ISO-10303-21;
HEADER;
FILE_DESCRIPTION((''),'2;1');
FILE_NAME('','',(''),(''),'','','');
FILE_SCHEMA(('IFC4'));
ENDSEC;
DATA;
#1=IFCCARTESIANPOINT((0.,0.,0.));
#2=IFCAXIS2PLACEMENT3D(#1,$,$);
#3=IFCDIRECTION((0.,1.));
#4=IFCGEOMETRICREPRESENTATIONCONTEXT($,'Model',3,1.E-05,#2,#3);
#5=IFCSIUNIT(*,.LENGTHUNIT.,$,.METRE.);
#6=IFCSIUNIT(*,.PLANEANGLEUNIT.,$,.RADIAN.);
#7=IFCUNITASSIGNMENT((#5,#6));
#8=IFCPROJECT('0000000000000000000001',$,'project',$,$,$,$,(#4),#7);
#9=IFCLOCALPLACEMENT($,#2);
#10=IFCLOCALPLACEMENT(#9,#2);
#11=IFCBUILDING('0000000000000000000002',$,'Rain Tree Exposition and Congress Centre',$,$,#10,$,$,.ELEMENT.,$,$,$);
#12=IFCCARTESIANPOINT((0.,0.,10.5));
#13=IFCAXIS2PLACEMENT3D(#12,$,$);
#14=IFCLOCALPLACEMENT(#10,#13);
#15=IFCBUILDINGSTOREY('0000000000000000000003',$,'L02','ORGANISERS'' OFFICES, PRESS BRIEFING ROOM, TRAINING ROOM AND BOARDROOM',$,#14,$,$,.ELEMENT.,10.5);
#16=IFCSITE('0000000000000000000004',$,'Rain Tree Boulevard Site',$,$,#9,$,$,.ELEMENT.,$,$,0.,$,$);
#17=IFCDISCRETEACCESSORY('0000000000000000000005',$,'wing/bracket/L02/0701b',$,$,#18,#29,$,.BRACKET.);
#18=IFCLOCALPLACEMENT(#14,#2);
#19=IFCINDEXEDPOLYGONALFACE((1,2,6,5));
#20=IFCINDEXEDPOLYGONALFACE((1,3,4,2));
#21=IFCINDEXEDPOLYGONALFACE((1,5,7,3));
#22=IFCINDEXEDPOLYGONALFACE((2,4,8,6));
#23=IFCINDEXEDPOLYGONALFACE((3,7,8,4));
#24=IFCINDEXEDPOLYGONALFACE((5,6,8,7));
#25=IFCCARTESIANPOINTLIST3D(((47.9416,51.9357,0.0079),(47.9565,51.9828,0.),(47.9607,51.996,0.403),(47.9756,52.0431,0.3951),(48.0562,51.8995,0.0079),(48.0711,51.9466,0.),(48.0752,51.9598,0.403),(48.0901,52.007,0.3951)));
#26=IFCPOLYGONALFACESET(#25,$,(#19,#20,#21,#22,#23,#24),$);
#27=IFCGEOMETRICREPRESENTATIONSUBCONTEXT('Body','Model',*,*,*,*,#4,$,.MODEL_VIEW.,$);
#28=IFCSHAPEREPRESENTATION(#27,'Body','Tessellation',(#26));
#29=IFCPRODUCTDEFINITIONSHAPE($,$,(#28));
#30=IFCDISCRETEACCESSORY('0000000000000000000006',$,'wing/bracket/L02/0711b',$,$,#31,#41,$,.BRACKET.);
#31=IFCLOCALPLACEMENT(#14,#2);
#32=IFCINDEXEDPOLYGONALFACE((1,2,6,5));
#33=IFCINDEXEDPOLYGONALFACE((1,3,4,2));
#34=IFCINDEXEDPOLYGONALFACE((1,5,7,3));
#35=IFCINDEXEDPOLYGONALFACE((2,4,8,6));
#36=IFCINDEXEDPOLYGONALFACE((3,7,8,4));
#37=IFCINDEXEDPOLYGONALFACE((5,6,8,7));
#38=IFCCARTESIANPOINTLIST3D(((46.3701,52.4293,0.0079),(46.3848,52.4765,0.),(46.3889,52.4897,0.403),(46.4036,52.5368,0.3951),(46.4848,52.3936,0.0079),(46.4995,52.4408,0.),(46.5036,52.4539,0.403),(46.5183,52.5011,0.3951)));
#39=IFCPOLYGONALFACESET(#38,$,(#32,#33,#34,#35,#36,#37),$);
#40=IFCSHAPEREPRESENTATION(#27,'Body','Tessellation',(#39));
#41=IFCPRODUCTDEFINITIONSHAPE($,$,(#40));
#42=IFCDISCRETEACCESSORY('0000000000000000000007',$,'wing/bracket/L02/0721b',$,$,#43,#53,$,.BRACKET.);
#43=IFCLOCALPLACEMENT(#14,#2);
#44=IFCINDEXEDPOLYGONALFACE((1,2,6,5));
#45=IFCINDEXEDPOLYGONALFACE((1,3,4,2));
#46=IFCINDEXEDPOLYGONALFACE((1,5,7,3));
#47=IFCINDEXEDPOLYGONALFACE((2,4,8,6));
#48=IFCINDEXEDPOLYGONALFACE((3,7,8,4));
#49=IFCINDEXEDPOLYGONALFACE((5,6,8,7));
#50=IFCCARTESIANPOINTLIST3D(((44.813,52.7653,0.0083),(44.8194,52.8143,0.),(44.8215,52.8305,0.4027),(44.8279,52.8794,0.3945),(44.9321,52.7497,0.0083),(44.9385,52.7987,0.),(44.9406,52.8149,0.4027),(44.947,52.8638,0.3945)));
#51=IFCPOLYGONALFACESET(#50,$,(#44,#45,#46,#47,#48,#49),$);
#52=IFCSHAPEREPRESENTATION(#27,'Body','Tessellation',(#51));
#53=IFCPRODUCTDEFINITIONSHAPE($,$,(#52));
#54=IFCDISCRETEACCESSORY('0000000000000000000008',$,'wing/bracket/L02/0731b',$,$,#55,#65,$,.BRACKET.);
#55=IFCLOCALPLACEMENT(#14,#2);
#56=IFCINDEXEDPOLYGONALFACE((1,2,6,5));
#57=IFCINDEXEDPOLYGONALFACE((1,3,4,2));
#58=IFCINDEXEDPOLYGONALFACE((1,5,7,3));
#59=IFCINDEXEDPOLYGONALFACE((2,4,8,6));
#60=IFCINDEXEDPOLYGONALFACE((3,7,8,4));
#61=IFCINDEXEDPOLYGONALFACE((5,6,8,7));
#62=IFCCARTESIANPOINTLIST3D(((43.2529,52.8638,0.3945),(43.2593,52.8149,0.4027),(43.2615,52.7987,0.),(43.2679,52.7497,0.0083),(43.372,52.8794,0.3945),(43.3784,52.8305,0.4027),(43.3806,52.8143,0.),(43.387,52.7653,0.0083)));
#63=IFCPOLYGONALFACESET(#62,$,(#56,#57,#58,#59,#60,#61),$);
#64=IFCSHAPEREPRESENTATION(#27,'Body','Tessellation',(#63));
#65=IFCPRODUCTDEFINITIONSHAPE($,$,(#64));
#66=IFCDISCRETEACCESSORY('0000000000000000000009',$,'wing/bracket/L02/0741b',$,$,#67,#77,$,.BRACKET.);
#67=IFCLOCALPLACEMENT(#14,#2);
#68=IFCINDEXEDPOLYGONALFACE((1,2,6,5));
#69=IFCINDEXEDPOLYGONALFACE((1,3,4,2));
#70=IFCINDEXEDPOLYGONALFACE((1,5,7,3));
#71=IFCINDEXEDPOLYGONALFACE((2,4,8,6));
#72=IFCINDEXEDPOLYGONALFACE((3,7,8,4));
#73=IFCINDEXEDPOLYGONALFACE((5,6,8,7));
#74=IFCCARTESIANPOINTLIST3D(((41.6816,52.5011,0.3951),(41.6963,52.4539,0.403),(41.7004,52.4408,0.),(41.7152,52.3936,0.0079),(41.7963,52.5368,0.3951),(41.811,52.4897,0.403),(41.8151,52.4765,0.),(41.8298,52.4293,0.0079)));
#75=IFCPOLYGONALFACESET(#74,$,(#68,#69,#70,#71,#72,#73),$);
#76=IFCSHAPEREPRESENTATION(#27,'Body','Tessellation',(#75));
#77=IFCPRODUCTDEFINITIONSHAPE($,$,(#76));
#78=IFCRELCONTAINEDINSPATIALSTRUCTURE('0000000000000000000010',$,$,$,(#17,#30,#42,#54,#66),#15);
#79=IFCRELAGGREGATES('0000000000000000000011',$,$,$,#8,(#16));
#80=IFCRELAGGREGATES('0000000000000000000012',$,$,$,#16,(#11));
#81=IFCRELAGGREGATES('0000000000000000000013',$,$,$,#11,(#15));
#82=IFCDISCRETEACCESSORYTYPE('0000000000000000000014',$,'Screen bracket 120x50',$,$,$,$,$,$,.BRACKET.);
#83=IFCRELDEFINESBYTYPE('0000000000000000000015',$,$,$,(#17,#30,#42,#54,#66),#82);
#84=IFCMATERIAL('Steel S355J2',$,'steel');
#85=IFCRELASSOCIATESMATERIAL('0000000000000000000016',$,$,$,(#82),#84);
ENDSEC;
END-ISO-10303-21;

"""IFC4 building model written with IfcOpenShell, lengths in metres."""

from ifc_helpers import new_model, si_unit, direction, frame, origin, origin_2d, place, context, subcontext, project, spatial, rectangle, extrude, material, material_profile, profile_set, type_object, element, save


model = new_model("IFC4")

# Units and contexts
model_context = context("Model", 3, precision=1e-05, world=origin(), true_north=direction((0.0, 1.0)))
body_context = subcontext(model_context, "Body", "Model", "MODEL_VIEW")
ifc_project = project(units=[si_unit("LENGTHUNIT", "METRE"), si_unit("PLANEANGLEUNIT", "RADIAN")], contexts=[model_context])

# Site, building, storey
site_placement = place(None, origin())
site = spatial("IfcSite", under=ifc_project, at=site_placement, Name="Rain Tree Boulevard Site", CompositionType="ELEMENT", RefElevation=0.0)
building_placement = place(site_placement, origin())
building = spatial("IfcBuilding", under=site, at=building_placement, Name="Rain Tree Exposition and Congress Centre", CompositionType="ELEMENT")
storey_placement = place(building_placement, frame((0.0, 0.0, 10.5)))
storey = spatial("IfcBuildingStorey", under=building, at=storey_placement, Name="L02", Description="ORGANISERS' OFFICES, PRESS BRIEFING ROOM, TRAINING ROOM AND BOARDROOM", CompositionType="ELEMENT", Elevation=10.5)

# Discrete accessories
ifc_material_1 = material(Name="Steel S355J2", Category="steel")
ifc_material_profile_1 = material_profile(ifc_material_1, rectangle(XDim=0.1201, YDim=0.05, at=origin_2d()), Name="Flat bar 120x50")
ifc_profile_set_1 = profile_set([ifc_material_profile_1], Name="Steel S355J2")
discrete_accessory_type = type_object("IfcDiscreteAccessoryType", Name="Screen bracket 120x50", PredefinedType="BRACKET", material=ifc_profile_set_1)
for number, where, z_axis, x_axis, name in (
    (1, (48.0063, 51.9412, 0.0039), (0.047602, 0.150738, 0.987427), (-0.953583, 0.301131, 0.0), "wing/bracket/L02/0701b"),
    (2, (46.4348, 52.4351, 0.0039), (0.046993, 0.150743, 0.987456), (-0.954686, 0.297615, 0.0), "wing/bracket/L02/0711b"),
):
    element("IfcDiscreteAccessory", number, at=place(storey_placement, frame(where, z_axis=z_axis, x_axis=x_axis)), inside=storey, type_object=discrete_accessory_type, Name=name, PredefinedType="BRACKET", context=body_context, shape_type="SweptSolid", body=[
        extrude(rectangle(XDim=0.1201, YDim=0.05, at=origin_2d()), origin(), (0.0, 0.0, 1.0), 0.4001),
    ])
for number, where, z_axis, x_axis, name in (
    (3, (44.8757, 52.782, 0.0042), (0.021364, 0.162976, 0.986399), (-0.991517, 0.129974, 0.0), "wing/bracket/L02/0721b"),
    (4, (43.3242, 52.782, 0.0042), (-0.021364, 0.162976, 0.986399), (-0.991517, -0.129974, 0.0), "wing/bracket/L02/0731b"),
):
    element("IfcDiscreteAccessory", number, at=place(storey_placement, frame(where, z_axis=z_axis, x_axis=x_axis)), inside=storey, type_object=discrete_accessory_type, Name=name, PredefinedType="BRACKET", context=body_context, shape_type="SweptSolid", body=[
        extrude(rectangle(XDim=0.1201, YDim=0.05, at=origin_2d()), origin(), (0.0, 0.0, 1.0), 0.3999),
    ])
discrete_accessory_1_placement = place(storey_placement, frame((41.7651, 52.4351, 0.0039), z_axis=(-0.046993, 0.150743, 0.987456), x_axis=(-0.954686, -0.297615, 0.0)))
element("IfcDiscreteAccessory", 5, at=discrete_accessory_1_placement, inside=storey, type_object=discrete_accessory_type, Name="wing/bracket/L02/0741b", PredefinedType="BRACKET", context=body_context, shape_type="SweptSolid", body=[
    extrude(rectangle(XDim=0.1201, YDim=0.05, at=origin_2d()), origin(), (0.0, 0.0, 1.0), 0.4001),
])

save(model, "model.ifc")
